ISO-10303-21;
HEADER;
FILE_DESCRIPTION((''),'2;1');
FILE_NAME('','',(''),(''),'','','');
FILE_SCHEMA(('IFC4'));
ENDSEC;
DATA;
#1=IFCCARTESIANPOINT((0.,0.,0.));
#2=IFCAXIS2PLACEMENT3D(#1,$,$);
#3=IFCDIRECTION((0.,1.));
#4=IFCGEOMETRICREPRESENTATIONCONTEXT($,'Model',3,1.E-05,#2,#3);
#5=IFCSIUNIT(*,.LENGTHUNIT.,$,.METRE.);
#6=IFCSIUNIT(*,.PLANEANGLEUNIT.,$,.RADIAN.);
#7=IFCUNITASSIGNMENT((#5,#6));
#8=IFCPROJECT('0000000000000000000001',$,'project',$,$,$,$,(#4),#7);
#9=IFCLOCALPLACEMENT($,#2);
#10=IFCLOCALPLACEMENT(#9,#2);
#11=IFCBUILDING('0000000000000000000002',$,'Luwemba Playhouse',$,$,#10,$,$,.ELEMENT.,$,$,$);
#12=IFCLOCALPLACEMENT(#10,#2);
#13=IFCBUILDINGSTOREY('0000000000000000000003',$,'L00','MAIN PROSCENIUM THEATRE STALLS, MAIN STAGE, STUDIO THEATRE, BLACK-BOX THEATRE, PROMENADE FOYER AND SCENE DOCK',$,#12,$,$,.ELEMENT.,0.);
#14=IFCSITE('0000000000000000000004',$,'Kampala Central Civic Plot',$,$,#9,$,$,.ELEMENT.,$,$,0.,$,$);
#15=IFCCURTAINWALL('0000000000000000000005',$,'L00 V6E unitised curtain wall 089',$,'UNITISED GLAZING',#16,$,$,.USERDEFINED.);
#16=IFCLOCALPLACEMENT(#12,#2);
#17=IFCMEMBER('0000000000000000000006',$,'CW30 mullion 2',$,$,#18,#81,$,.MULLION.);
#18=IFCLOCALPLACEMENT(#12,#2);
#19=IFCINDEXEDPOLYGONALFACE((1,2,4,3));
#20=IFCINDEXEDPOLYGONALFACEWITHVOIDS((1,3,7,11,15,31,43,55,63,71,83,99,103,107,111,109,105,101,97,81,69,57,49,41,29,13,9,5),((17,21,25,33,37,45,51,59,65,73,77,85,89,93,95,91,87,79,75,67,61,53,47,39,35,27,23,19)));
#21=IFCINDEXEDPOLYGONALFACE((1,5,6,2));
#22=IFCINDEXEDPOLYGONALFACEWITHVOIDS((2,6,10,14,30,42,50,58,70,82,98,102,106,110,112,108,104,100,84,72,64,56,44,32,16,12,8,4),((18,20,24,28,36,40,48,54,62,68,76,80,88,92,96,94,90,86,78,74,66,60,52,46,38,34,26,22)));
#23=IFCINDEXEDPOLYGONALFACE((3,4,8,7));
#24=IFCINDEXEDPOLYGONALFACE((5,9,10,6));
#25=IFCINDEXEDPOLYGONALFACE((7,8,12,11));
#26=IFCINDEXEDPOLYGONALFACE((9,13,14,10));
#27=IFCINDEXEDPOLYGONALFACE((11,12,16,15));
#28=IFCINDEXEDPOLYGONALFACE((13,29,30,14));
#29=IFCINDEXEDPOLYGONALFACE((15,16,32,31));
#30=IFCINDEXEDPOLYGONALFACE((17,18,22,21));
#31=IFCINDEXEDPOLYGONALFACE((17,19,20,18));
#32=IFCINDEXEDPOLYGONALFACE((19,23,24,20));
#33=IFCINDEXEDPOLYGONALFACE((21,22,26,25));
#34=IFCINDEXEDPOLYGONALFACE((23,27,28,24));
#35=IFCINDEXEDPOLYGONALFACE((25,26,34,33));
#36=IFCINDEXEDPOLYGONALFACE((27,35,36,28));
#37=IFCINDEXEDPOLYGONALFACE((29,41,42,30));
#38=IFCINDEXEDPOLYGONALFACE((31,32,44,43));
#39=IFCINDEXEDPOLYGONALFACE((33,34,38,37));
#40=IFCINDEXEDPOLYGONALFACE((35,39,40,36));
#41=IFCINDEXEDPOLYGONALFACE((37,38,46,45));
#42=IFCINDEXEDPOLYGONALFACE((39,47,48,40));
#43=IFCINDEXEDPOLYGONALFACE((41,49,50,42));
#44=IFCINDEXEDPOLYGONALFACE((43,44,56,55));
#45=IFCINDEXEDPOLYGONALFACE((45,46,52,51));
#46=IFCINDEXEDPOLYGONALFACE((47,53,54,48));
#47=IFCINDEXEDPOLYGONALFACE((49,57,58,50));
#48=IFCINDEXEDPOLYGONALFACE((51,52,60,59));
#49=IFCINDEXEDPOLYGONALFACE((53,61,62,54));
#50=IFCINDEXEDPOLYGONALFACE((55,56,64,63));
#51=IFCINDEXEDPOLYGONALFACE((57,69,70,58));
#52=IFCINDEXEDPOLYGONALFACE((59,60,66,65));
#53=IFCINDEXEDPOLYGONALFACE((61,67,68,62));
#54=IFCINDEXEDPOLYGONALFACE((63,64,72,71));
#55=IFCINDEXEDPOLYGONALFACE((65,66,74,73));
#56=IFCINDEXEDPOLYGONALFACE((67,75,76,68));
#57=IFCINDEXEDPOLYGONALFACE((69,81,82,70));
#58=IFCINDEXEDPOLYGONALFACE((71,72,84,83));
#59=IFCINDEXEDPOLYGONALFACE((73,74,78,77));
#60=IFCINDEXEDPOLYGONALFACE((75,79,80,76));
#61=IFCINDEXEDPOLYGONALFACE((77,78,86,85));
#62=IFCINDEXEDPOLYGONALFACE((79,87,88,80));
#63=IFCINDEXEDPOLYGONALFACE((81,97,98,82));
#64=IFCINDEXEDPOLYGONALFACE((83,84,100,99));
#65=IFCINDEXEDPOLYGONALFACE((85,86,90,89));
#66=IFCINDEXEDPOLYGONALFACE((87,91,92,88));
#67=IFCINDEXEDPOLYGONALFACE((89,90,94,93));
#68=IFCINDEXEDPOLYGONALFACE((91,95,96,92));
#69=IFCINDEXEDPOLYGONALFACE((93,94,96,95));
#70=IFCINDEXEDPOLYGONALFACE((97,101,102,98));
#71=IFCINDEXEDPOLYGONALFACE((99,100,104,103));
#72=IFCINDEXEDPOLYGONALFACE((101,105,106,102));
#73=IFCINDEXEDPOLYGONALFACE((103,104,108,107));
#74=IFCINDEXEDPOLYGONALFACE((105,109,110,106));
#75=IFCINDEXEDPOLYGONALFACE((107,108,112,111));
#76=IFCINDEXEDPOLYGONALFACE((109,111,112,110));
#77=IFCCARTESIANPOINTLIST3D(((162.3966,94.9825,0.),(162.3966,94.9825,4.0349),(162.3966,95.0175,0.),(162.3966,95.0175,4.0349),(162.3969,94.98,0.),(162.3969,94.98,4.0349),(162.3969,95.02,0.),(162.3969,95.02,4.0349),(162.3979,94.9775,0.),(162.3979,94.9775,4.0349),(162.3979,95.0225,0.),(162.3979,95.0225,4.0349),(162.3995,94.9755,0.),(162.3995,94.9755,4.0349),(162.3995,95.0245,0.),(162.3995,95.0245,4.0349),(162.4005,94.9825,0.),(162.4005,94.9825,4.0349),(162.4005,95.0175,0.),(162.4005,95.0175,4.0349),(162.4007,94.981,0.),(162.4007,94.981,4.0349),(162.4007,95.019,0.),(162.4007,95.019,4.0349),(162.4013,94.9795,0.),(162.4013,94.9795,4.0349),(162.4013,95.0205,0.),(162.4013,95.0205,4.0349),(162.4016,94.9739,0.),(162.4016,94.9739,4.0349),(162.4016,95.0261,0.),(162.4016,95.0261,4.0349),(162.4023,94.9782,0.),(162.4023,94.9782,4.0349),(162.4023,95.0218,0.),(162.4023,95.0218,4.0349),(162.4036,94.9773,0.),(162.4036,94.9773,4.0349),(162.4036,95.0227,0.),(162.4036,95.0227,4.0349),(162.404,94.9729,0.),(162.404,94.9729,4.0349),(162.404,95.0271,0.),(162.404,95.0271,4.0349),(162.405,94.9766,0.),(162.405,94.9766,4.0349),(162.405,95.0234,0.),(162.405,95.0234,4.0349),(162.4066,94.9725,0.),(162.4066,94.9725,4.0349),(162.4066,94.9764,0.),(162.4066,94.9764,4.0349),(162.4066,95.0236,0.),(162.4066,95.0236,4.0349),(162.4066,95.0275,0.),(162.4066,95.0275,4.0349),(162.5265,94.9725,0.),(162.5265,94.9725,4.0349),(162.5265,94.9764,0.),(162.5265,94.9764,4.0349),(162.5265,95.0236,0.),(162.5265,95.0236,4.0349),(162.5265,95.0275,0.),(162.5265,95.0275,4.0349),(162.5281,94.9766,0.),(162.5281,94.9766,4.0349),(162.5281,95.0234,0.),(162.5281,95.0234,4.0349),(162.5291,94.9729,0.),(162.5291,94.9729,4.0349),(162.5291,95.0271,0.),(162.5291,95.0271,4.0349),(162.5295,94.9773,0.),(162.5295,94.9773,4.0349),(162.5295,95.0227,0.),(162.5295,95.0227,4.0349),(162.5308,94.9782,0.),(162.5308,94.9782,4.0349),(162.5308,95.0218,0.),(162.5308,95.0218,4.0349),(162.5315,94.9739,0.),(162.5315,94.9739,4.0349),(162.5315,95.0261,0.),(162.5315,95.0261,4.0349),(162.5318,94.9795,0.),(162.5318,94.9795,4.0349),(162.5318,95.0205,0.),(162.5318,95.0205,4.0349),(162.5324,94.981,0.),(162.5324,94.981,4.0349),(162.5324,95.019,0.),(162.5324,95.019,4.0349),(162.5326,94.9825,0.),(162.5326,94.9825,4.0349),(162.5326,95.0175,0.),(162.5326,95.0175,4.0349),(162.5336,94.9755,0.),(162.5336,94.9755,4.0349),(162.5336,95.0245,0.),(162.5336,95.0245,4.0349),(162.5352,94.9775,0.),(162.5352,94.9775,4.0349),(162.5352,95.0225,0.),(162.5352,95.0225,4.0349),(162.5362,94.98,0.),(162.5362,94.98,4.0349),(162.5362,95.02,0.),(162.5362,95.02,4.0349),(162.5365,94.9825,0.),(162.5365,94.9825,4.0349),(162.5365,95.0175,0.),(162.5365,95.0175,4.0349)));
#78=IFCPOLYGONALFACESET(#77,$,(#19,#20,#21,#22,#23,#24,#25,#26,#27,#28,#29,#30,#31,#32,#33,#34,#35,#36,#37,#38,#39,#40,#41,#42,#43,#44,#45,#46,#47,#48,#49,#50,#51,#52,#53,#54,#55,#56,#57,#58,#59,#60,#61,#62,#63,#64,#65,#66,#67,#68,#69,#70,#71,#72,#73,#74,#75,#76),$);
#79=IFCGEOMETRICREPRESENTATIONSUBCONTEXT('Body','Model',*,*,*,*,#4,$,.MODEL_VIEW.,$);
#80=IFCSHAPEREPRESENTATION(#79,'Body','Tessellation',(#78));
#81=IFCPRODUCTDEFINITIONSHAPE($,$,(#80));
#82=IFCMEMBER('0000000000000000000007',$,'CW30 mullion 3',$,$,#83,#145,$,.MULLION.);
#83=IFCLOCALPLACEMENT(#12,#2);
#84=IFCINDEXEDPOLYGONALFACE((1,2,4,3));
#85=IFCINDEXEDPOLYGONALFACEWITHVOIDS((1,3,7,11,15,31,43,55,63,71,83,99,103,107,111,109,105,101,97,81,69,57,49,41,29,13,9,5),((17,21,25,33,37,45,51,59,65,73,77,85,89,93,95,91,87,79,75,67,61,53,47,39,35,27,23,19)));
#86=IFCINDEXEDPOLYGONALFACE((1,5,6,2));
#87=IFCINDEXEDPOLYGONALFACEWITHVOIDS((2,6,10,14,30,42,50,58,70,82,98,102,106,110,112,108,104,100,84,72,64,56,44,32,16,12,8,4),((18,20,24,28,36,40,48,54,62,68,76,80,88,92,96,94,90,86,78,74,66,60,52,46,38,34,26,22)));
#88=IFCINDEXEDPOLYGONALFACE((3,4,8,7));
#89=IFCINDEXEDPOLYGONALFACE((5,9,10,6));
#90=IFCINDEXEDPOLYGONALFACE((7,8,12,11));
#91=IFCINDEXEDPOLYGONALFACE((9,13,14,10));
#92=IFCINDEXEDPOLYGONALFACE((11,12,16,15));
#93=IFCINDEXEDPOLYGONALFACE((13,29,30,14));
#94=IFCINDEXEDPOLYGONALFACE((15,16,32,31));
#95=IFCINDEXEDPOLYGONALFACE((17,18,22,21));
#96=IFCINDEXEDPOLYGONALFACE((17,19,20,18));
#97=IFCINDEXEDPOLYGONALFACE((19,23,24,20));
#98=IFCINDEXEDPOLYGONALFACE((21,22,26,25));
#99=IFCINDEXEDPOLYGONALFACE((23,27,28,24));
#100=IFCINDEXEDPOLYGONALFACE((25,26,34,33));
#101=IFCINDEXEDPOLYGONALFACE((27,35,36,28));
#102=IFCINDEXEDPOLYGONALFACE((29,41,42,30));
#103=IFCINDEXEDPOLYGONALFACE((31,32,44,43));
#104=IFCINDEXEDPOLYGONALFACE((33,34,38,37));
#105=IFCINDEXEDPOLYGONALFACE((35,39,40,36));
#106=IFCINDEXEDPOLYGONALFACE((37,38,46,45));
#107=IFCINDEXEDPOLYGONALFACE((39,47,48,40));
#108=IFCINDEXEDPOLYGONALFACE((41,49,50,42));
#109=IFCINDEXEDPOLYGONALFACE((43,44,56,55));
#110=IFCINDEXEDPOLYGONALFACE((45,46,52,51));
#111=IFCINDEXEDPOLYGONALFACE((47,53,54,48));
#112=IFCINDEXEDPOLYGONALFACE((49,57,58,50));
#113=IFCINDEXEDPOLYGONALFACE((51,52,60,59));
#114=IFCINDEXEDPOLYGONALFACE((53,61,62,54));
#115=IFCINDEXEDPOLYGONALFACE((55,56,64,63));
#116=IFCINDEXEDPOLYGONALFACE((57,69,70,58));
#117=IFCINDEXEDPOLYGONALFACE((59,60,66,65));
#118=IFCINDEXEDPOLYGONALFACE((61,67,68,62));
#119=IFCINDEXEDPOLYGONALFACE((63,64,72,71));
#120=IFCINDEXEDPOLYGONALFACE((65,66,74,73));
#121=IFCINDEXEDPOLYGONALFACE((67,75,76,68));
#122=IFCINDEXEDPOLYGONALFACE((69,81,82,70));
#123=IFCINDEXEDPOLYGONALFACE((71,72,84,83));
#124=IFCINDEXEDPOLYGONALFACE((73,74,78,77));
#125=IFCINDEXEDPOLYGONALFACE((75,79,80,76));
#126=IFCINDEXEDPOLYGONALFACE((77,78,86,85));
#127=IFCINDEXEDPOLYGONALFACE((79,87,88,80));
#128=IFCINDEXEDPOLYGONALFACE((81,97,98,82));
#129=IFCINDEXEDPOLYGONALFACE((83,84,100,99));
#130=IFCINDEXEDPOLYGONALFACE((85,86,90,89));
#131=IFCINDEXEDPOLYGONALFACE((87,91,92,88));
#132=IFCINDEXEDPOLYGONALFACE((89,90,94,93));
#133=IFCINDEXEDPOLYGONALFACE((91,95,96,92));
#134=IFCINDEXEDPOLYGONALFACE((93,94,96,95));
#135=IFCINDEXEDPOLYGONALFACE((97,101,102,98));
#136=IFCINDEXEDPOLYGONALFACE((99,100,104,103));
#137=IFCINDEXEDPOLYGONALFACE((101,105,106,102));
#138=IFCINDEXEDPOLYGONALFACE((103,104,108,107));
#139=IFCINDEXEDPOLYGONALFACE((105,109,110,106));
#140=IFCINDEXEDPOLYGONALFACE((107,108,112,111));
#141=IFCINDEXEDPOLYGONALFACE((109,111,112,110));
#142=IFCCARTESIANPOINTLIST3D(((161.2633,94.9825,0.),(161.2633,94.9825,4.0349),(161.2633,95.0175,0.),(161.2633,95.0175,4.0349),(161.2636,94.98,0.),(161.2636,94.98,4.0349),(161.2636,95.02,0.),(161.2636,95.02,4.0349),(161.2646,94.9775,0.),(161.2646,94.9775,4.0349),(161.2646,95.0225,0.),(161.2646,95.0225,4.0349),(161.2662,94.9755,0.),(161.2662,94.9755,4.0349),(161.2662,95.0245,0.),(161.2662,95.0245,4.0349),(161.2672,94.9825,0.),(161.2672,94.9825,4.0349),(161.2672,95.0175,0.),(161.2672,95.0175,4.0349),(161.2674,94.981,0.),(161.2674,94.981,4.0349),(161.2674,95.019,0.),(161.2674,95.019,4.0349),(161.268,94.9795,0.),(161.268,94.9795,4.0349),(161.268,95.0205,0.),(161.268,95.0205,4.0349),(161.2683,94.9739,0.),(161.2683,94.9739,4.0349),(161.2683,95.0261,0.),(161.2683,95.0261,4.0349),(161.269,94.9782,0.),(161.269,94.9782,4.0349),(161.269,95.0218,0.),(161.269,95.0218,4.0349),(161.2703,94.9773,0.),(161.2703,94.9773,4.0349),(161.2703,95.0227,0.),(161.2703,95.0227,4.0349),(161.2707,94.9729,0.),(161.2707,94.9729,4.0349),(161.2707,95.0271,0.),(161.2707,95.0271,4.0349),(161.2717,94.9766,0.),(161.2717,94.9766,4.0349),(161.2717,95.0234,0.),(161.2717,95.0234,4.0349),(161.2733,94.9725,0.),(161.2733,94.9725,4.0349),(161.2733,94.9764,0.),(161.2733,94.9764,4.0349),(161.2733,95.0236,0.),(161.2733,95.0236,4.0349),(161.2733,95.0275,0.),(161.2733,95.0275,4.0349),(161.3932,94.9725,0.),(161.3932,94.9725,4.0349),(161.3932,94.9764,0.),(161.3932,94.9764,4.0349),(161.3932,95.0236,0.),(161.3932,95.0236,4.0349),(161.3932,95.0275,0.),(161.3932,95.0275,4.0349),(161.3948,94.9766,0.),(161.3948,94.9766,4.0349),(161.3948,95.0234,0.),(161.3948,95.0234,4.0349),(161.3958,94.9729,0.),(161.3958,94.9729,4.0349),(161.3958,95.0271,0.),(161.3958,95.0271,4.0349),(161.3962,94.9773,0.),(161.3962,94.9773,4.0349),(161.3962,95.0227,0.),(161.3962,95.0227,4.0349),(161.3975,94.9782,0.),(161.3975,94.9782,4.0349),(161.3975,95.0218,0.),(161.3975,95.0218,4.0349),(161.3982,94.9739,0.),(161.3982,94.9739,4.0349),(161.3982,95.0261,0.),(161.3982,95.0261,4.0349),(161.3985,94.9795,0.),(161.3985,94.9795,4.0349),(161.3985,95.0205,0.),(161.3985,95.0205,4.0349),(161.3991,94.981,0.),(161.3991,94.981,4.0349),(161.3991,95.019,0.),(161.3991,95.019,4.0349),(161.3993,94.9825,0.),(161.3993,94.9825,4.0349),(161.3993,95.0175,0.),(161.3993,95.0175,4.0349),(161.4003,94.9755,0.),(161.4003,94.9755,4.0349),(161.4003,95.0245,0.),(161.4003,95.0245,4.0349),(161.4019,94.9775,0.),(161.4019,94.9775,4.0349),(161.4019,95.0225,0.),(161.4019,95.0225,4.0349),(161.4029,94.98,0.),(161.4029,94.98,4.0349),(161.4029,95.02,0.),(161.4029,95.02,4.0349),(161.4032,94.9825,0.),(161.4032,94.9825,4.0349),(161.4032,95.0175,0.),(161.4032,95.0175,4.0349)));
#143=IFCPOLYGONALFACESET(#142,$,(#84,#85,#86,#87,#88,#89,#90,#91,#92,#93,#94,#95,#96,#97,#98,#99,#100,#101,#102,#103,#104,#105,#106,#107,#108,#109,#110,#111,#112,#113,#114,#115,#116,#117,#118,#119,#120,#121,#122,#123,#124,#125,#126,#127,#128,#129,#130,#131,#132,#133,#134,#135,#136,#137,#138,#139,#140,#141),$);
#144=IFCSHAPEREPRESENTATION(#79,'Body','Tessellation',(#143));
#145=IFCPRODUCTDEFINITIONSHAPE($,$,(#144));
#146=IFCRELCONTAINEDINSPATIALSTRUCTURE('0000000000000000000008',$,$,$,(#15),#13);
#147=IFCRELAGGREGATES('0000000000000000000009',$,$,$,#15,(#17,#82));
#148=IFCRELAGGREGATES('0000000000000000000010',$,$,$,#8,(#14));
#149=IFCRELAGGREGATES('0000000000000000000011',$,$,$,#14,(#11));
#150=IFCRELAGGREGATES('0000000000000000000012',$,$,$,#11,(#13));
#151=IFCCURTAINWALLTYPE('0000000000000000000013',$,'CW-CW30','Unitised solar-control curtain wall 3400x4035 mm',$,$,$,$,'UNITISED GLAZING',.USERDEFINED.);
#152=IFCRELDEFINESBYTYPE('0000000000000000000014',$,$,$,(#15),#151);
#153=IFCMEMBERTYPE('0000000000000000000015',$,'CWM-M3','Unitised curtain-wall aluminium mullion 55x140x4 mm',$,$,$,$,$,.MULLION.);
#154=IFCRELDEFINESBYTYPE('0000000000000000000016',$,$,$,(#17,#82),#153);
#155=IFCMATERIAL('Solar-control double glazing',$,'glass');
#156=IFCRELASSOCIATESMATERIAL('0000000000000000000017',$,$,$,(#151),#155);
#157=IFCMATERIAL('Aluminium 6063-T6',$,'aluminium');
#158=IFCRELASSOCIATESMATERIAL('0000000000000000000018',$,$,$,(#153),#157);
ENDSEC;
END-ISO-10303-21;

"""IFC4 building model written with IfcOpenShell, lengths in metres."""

from ifc_helpers import new_model, si_unit, direction, frame, origin, origin_2d, place, context, subcontext, project, spatial, hollow_rectangle, extrude, material, material_profile, profile_set, type_object, element, aggregate, save


model = new_model("IFC4")

# Units and contexts
model_context = context("Model", 3, precision=1e-05, world=origin(), true_north=direction((0.0, 1.0)))
body_context = subcontext(model_context, "Body", "Model", "MODEL_VIEW")
ifc_project = project(units=[si_unit("LENGTHUNIT", "METRE"), si_unit("PLANEANGLEUNIT", "RADIAN")], contexts=[model_context])

# Site, building, storey
site_placement = place(None, origin())
site = spatial("IfcSite", under=ifc_project, at=site_placement, Name="Kampala Central Civic Plot", CompositionType="ELEMENT", RefElevation=0.0)
building_placement = place(site_placement, origin())
building = spatial("IfcBuilding", under=site, at=building_placement, Name="Luwemba Playhouse", CompositionType="ELEMENT")
storey_placement = place(building_placement, origin())
storey = spatial("IfcBuildingStorey", under=building, at=storey_placement, Name="L00", Description="MAIN PROSCENIUM THEATRE STALLS, MAIN STAGE, STUDIO THEATRE, BLACK-BOX THEATRE, PROMENADE FOYER AND SCENE DOCK", CompositionType="ELEMENT", Elevation=0.0)

# Curtain wall, members
ifc_material_1 = material(Name="Solar-control double glazing", Category="glass")
curtain_wall_type = type_object("IfcCurtainWallType", Name="CW-CW30", Description="Unitised solar-control curtain wall 3400x4035 mm", ElementType="UNITISED GLAZING", PredefinedType="USERDEFINED", material=ifc_material_1)
curtain_wall_placement = place(storey_placement, origin())
curtain_wall = element("IfcCurtainWall", 1, at=curtain_wall_placement, inside=storey, type_object=curtain_wall_type, Name="L00 V6E unitised curtain wall 089", ObjectType="UNITISED GLAZING", PredefinedType="USERDEFINED")
ifc_material_2 = material(Name="Aluminium 6063-T6", Category="aluminium")
ifc_material_profile_1 = material_profile(ifc_material_2, hollow_rectangle(XDim=0.0549, YDim=0.1399, WallThickness=0.0039, InnerFilletRadius=0.0061, OuterFilletRadius=0.01, at=origin_2d()))
ifc_profile_set_1 = profile_set([ifc_material_profile_1], Name="Aluminium 6063-T6")
member_type_1 = type_object("IfcMemberType", Name="CWM-M3", Description="Unitised curtain-wall aluminium mullion 55x140x4 mm", PredefinedType="MULLION", material=ifc_profile_set_1)
member_1_placement = place(storey_placement, frame((162.4666, 95.0, 0.0), z_axis=(0.0, 0.0, 1.0), x_axis=(0.0, -1.0, 0.0)))
member_1 = element("IfcMember", 2, at=member_1_placement, type_object=member_type_1, Name="CW30 mullion 2", PredefinedType="MULLION", context=body_context, shape_type="SweptSolid", body=[
    extrude(hollow_rectangle(XDim=0.0549, YDim=0.1399, WallThickness=0.0039, InnerFilletRadius=0.0061, OuterFilletRadius=0.01, at=origin_2d()), origin(), (0.0, 0.0, 1.0), 4.0349),
])
member_2_placement = place(storey_placement, frame((161.3333, 95.0, 0.0), z_axis=(0.0, 0.0, 1.0), x_axis=(0.0, -1.0, 0.0)))
member_2 = element("IfcMember", 3, at=member_2_placement, type_object=member_type_1, Name="CW30 mullion 3", PredefinedType="MULLION", context=body_context, shape_type="SweptSolid", body=[
    extrude(hollow_rectangle(XDim=0.0549, YDim=0.1399, WallThickness=0.0039, InnerFilletRadius=0.0061, OuterFilletRadius=0.01, at=origin_2d()), origin(), (0.0, 0.0, 1.0), 4.0349),
])
aggregate(curtain_wall, [member_1, member_2])

save(model, "model.ifc")
